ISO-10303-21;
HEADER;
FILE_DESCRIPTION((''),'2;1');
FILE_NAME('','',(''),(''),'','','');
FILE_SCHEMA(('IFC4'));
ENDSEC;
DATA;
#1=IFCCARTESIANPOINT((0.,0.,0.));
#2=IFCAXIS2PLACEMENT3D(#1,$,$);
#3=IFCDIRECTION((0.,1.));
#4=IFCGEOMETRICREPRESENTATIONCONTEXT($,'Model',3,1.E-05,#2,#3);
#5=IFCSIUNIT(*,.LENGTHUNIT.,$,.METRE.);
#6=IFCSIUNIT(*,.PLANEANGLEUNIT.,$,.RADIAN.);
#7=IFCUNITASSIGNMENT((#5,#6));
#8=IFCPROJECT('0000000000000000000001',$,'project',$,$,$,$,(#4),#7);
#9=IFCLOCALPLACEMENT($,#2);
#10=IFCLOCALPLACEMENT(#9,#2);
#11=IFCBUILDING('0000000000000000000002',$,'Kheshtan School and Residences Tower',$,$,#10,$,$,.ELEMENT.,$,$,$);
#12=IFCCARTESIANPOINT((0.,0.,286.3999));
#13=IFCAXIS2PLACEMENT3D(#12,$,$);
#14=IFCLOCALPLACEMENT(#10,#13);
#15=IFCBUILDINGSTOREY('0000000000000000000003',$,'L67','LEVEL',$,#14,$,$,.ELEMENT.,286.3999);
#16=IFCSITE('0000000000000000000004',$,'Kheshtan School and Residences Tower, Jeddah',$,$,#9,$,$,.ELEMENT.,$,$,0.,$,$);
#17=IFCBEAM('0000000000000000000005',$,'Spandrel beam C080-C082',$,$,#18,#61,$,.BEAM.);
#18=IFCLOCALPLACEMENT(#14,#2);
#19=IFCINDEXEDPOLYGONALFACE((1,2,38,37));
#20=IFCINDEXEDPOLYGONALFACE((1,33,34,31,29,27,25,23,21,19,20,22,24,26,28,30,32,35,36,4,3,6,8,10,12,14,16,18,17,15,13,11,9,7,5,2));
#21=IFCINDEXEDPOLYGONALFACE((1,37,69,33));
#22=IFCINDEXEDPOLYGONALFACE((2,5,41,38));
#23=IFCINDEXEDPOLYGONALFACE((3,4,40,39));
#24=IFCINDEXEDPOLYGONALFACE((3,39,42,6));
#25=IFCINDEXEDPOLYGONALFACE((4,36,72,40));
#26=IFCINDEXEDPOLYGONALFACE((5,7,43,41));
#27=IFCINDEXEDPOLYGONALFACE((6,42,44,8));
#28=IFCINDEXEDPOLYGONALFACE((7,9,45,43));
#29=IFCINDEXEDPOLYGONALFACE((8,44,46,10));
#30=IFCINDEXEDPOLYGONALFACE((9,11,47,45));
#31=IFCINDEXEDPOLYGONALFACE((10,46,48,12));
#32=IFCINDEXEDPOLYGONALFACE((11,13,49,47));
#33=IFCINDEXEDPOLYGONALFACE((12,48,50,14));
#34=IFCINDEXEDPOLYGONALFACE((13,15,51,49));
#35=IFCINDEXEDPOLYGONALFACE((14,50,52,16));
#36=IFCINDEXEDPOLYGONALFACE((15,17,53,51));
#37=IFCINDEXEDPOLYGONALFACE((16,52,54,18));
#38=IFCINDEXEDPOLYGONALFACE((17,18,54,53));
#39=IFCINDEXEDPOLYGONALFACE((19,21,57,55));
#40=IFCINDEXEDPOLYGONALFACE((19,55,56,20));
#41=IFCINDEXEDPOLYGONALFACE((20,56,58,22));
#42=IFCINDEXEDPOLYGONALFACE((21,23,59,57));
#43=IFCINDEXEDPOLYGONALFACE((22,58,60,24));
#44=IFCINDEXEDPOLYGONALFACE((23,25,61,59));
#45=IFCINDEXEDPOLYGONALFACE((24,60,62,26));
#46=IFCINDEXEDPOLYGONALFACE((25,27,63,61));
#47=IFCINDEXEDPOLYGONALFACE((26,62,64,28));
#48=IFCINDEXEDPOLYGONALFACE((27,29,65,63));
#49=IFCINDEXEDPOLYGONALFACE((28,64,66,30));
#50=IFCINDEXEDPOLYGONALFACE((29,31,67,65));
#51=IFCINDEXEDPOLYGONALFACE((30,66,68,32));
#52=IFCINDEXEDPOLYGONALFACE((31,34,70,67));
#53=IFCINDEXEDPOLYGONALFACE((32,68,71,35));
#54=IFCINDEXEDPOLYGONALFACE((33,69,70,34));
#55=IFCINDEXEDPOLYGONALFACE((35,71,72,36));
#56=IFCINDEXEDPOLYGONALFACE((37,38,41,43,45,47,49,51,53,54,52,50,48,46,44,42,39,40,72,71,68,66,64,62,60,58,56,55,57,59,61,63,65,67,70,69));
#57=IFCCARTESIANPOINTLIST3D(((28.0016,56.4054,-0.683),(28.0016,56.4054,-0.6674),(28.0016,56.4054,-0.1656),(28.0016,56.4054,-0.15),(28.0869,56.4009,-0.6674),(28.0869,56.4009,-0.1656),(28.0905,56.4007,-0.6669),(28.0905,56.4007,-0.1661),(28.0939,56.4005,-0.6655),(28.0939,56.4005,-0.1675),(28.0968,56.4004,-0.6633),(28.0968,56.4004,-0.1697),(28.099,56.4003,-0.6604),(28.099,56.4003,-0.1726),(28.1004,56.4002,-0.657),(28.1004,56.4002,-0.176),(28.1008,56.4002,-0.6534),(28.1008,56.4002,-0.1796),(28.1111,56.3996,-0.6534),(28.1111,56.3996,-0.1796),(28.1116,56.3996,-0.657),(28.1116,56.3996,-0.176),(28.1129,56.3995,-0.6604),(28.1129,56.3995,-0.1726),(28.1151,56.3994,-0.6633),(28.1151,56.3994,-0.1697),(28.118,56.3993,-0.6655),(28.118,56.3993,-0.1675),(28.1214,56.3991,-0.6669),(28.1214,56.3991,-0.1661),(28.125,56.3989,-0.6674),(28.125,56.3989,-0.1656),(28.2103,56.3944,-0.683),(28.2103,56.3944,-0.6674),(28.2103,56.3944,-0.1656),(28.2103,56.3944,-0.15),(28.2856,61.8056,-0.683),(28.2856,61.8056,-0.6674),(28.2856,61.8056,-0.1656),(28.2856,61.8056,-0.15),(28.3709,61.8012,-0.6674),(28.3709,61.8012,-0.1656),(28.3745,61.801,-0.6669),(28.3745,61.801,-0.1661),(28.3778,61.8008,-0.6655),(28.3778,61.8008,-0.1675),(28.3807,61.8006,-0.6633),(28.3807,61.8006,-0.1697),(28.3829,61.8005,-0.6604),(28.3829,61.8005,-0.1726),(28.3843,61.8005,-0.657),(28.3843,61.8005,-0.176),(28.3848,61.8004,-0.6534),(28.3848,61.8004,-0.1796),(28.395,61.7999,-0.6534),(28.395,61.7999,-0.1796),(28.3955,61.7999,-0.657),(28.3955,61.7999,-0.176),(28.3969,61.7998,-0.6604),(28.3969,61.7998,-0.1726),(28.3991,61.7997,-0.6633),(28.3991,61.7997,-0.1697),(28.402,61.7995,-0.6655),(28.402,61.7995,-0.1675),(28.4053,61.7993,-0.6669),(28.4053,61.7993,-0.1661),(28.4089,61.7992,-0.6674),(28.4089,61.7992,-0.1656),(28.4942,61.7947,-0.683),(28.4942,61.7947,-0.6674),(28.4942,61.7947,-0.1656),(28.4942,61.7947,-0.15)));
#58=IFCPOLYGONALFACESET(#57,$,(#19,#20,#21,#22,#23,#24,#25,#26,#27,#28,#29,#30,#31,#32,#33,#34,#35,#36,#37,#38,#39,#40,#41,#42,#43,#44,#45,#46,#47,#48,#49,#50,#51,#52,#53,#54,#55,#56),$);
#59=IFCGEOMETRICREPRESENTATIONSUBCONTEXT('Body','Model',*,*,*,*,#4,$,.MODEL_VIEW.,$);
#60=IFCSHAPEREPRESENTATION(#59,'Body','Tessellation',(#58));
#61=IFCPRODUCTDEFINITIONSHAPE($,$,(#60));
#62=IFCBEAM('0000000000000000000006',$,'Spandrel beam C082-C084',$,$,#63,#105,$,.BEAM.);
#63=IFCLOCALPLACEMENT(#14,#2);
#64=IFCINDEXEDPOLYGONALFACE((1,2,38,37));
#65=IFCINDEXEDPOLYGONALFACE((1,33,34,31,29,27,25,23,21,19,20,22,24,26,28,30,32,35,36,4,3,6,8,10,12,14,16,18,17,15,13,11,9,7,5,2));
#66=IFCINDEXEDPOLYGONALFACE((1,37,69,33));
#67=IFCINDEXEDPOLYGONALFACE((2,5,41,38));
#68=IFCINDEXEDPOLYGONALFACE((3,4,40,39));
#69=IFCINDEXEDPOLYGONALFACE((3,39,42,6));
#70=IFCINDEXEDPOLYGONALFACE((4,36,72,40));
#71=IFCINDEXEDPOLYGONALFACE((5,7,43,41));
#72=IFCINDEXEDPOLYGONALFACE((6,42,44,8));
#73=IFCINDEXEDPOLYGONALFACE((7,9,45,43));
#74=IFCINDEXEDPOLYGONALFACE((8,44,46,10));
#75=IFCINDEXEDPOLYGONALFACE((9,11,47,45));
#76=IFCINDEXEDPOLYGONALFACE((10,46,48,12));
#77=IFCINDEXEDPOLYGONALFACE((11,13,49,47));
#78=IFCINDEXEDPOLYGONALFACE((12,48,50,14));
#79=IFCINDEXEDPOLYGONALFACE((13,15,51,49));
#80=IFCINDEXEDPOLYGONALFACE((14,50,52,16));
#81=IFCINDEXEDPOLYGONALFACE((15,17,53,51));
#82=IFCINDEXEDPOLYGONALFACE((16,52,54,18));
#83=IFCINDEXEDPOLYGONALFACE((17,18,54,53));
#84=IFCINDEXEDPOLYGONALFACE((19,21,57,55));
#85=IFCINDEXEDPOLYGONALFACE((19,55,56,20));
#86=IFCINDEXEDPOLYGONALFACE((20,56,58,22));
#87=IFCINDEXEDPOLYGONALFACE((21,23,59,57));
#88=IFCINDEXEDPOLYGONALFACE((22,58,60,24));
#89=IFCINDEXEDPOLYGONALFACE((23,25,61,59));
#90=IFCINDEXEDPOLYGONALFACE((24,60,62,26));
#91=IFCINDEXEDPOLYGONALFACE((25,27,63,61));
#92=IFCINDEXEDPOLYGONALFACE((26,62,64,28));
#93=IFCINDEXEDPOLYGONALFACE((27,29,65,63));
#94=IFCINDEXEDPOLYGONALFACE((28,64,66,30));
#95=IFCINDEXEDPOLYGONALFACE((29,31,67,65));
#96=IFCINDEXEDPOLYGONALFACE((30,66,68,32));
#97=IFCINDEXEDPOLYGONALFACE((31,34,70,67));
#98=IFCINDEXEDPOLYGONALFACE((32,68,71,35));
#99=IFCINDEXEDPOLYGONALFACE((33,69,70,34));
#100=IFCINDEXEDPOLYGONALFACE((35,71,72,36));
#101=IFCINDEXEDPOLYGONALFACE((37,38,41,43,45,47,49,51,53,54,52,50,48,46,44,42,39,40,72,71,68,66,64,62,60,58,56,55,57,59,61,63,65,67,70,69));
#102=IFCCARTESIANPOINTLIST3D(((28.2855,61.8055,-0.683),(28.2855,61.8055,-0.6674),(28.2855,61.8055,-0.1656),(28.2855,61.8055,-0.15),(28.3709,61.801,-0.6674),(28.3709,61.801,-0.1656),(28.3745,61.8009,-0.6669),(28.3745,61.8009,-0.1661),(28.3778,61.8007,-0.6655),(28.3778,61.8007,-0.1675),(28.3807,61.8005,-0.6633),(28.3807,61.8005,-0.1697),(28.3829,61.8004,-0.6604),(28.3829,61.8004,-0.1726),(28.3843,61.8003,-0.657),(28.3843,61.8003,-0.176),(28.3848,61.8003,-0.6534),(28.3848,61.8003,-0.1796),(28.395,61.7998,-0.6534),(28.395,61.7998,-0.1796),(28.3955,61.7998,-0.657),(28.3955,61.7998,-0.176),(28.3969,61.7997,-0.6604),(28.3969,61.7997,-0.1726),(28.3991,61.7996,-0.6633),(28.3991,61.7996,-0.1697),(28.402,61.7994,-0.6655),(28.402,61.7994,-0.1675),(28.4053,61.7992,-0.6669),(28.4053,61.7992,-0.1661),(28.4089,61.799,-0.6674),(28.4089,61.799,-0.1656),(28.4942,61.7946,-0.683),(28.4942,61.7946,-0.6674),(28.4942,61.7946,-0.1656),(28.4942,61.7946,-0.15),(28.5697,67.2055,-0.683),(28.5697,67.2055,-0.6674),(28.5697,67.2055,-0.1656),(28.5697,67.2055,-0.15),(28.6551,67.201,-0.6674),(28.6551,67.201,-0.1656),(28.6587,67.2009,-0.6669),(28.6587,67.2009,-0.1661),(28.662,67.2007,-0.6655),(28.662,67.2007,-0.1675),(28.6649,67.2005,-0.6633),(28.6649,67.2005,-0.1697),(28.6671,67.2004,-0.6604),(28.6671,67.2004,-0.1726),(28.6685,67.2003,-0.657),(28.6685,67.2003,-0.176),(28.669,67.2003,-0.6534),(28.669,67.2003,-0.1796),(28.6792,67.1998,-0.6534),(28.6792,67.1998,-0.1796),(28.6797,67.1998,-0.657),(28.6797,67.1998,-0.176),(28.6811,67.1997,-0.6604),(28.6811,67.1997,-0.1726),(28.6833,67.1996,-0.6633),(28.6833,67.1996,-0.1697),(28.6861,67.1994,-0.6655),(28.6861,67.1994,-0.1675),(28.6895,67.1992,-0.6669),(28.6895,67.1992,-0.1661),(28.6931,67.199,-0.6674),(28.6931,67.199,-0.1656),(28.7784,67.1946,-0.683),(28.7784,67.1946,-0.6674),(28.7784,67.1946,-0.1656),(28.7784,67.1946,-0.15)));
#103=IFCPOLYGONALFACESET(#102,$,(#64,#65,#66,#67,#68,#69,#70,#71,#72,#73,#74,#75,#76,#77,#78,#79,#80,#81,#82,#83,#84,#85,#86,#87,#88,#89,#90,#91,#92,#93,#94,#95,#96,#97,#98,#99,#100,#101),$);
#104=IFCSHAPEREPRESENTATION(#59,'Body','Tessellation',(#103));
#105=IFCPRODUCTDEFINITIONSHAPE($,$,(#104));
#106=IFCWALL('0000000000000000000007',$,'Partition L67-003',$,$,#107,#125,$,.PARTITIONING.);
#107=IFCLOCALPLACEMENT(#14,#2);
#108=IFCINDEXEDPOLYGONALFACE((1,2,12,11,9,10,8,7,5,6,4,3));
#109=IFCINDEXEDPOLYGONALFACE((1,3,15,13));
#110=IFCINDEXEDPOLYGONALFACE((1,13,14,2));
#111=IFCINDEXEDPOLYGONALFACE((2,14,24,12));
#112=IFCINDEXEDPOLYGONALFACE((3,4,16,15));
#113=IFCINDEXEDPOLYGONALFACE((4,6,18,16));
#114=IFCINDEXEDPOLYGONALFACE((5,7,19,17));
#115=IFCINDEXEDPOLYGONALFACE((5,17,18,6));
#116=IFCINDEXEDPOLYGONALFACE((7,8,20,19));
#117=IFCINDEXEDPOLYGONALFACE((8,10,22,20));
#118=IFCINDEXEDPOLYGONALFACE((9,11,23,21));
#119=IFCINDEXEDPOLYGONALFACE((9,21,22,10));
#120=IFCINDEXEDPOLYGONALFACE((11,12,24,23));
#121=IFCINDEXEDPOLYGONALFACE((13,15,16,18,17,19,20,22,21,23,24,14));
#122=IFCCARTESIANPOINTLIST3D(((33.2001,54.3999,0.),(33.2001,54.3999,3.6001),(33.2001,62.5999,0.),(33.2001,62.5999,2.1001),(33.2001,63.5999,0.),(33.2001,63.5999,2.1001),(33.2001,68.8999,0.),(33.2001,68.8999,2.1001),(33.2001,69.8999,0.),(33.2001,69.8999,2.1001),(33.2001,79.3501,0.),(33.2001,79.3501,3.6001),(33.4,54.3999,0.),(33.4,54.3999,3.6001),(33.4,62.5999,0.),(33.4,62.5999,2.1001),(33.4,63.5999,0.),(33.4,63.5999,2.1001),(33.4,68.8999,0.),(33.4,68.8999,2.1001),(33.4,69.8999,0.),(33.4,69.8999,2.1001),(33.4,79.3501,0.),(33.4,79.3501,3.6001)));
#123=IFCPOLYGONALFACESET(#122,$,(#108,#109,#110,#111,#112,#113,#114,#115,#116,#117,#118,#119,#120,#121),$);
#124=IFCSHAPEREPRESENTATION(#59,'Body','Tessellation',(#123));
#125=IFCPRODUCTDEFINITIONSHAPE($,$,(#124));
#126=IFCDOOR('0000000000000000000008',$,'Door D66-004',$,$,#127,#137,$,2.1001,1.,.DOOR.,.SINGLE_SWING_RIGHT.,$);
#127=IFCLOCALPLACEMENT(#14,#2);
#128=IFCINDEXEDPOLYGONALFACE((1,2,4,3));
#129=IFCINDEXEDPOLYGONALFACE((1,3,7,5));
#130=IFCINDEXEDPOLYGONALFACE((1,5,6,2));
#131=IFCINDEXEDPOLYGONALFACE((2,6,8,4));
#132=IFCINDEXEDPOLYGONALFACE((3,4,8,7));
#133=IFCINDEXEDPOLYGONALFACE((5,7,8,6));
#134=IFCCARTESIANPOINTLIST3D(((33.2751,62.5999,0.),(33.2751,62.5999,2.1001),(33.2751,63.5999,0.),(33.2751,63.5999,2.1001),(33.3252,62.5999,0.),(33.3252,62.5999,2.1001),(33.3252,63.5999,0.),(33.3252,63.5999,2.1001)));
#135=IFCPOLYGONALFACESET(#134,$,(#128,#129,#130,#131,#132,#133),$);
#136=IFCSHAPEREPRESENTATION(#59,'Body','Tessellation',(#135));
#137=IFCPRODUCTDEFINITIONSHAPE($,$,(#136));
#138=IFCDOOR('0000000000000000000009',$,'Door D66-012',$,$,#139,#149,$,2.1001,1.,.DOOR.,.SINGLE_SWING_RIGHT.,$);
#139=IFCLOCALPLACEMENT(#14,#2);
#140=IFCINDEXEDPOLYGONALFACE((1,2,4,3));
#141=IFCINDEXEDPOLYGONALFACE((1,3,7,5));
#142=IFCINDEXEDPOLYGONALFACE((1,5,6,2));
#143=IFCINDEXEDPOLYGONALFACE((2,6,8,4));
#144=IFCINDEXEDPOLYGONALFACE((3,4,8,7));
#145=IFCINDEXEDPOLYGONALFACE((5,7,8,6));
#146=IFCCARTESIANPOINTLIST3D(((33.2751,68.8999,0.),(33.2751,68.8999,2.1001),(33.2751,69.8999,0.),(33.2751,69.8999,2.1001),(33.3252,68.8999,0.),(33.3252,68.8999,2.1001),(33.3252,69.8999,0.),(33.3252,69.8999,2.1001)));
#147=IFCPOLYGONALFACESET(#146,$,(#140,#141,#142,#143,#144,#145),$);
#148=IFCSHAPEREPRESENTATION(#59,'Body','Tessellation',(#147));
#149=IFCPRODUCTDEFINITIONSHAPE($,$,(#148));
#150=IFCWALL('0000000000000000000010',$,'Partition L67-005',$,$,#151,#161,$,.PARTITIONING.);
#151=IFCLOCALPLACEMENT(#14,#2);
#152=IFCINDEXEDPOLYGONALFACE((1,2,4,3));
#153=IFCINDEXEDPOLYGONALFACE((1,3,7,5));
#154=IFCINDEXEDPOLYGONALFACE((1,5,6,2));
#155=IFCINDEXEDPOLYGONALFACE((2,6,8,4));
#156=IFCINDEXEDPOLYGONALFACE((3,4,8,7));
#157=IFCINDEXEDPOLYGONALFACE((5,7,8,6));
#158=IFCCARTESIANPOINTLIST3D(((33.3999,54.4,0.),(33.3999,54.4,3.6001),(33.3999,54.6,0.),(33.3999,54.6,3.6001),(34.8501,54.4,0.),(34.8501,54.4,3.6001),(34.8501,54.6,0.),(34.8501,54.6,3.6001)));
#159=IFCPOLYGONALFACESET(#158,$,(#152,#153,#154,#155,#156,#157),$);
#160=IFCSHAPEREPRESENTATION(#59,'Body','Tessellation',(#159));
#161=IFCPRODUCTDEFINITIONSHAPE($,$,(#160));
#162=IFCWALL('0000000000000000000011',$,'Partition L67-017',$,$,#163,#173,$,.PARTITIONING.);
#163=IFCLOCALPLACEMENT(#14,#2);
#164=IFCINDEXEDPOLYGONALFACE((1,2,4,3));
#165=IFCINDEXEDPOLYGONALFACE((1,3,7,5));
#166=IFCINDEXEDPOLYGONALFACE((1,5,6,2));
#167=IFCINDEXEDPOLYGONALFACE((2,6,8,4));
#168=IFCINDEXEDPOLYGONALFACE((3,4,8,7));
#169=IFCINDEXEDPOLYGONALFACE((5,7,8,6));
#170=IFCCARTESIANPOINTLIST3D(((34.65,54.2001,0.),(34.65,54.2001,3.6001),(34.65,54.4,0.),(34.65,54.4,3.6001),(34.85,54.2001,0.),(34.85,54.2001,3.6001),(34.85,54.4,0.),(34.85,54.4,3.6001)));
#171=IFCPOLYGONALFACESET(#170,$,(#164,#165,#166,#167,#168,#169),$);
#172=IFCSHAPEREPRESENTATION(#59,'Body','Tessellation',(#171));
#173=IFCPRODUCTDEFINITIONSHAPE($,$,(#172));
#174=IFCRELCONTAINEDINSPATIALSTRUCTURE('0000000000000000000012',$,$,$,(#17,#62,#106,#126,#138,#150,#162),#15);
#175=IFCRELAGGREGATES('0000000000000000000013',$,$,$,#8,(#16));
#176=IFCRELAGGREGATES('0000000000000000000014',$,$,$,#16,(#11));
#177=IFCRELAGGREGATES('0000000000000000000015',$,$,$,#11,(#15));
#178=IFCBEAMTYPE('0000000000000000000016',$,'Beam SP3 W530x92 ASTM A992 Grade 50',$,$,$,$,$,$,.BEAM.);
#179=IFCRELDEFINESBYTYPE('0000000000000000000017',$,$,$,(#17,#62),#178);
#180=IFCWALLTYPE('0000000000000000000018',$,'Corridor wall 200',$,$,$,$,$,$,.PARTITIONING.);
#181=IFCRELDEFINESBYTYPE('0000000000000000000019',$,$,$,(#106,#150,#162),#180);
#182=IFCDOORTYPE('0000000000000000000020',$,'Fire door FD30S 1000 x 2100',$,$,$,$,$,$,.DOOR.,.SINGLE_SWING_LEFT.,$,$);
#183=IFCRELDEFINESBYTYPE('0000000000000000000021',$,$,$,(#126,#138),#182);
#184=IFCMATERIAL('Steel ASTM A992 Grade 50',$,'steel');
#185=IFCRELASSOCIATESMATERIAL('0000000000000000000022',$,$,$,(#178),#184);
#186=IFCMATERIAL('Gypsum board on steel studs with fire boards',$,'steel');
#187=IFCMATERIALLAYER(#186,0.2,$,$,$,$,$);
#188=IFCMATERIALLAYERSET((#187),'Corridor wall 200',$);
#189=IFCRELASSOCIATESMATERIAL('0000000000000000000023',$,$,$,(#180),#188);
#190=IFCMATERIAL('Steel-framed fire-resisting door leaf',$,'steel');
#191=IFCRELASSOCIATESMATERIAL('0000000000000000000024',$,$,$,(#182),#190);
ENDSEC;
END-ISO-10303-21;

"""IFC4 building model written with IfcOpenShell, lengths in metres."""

from ifc_helpers import new_model, si_unit, direction, frame, frame_2d, origin, origin_2d, place, context, subcontext, project, spatial, rectangle, i_section, extrude, source, transform, mapped, material, layer, layer_set, material_profile, profile_set, type_object, element, fill, save


model = new_model("IFC4")

# Units and contexts
model_context = context("Model", 3, precision=1e-05, world=origin(), true_north=direction((0.0, 1.0)))
body_context = subcontext(model_context, "Body", "Model", "MODEL_VIEW")
ifc_project = project(units=[si_unit("LENGTHUNIT", "METRE"), si_unit("PLANEANGLEUNIT", "RADIAN")], contexts=[model_context])

# Site, building, storey
site_placement = place(None, origin())
site = spatial("IfcSite", under=ifc_project, at=site_placement, Name="Kheshtan School and Residences Tower, Jeddah", CompositionType="ELEMENT", RefElevation=0.0)
building_placement = place(site_placement, origin())
building = spatial("IfcBuilding", under=site, at=building_placement, Name="Kheshtan School and Residences Tower", CompositionType="ELEMENT")
storey_placement = place(building_placement, frame((0.0, 0.0, 286.3999)))
storey = spatial("IfcBuildingStorey", under=building, at=storey_placement, Name="L67", Description="LEVEL", CompositionType="ELEMENT", Elevation=286.3999)

# Shared definitions
ifc_material_1 = material(Name="Steel ASTM A992 Grade 50", Category="steel")

# Beams
ifc_material_profile_1 = material_profile(ifc_material_1, i_section(OverallWidth=0.209, OverallDepth=0.533, WebThickness=0.0103, FlangeThickness=0.0156, FilletRadius=0.0139, at=origin_2d()), Name="W530x92")
ifc_profile_set_1 = profile_set([ifc_material_profile_1], Name="Steel ASTM A992 Grade 50")
beam_type_1 = type_object("IfcBeamType", Name="Beam SP3 W530x92 ASTM A992 Grade 50", PredefinedType="BEAM", material=ifc_profile_set_1)
beam_1_placement = place(storey_placement, frame((28.106, 56.3999, -0.4165), z_axis=(0.052507, 0.998621, 0.0), x_axis=(-0.998621, 0.052507, 0.0)))
element("IfcBeam", 1, at=beam_1_placement, inside=storey, type_object=beam_type_1, Name="Spandrel beam C080-C082", PredefinedType="BEAM", context=body_context, shape_type="SweptSolid", body=[
    extrude(i_section(OverallWidth=0.209, OverallDepth=0.533, WebThickness=0.0103, FlangeThickness=0.0156, FilletRadius=0.0139, at=origin_2d()), origin(), (0.0, 0.0, 1.0), 5.4077),
])
beam_2_placement = place(storey_placement, frame((28.3899, 61.8, -0.4165), z_axis=(0.052554, 0.998618, 0.0), x_axis=(-0.998618, 0.052554, 0.0)))
element("IfcBeam", 2, at=beam_2_placement, inside=storey, type_object=beam_type_1, Name="Spandrel beam C082-C084", PredefinedType="BEAM", context=body_context, shape_type="SweptSolid", body=[
    extrude(i_section(OverallWidth=0.209, OverallDepth=0.533, WebThickness=0.0103, FlangeThickness=0.0156, FilletRadius=0.0139, at=origin_2d()), origin(), (0.0, 0.0, 1.0), 5.4075),
])

# Wall, openings, doors
ifc_material_2 = material(Name="Gypsum board on steel studs with fire boards", Category="steel")
ifc_layer_1 = layer(ifc_material_2, 0.2)
ifc_layer_set_1 = layer_set([ifc_layer_1], Name="Corridor wall 200")
wall_type_1 = type_object("IfcWallType", Name="Corridor wall 200", PredefinedType="PARTITIONING", material=ifc_layer_set_1)
wall_1_placement = place(storey_placement, frame((33.3, 54.3999, 0.0), z_axis=(0.0, 0.0, 1.0), x_axis=(0.0, 1.0, 0.0)))
wall_1 = element("IfcWall", 3, at=wall_1_placement, inside=storey, type_object=wall_type_1, Name="Partition L67-003", PredefinedType="PARTITIONING", context=body_context, shape_type="SweptSolid", body=[
    extrude(rectangle(XDim=24.9502, YDim=0.2, at=frame_2d((12.4751, 0.0))), origin(), (0.0, 0.0, 1.0), 3.6001),
])
opening_1_placement = place(wall_1_placement, frame((8.2, 0.0, 0.0)))
opening_1 = element("IfcOpeningElement", 4, at=opening_1_placement, cuts=wall_1, PredefinedType="OPENING", context=body_context, shape_type="SweptSolid", body=[
    extrude(rectangle(XDim=1.0, YDim=2.1001, at=frame_2d((0.5, 1.05))), frame((0.0, 0.1099, 0.0), z_axis=(0.0, -1.0, 0.0), x_axis=(1.0, 0.0, 0.0)), (0.0, 0.0, 1.0), 0.22),
])
opening_2_placement = place(wall_1_placement, frame((14.5, 0.0, 0.0)))
opening_2 = element("IfcOpeningElement", 5, at=opening_2_placement, cuts=wall_1, PredefinedType="OPENING", context=body_context, shape_type="SweptSolid", body=[
    extrude(rectangle(XDim=1.0, YDim=2.1001, at=frame_2d((0.5, 1.05))), frame((0.0, 0.1099, 0.0), z_axis=(0.0, -1.0, 0.0), x_axis=(1.0, 0.0, 0.0)), (0.0, 0.0, 1.0), 0.22),
])
ifc_material_3 = material(Name="Steel-framed fire-resisting door leaf", Category="steel")
door_type_1 = type_object("IfcDoorType", Name="Fire door FD30S 1000 x 2100", OperationType="SINGLE_SWING_LEFT", PredefinedType="DOOR", material=ifc_material_3)
shared_shape_1 = source(origin(), body_context, "Body", "SweptSolid", [
    extrude(rectangle(XDim=1.0, YDim=2.1001, at=frame_2d((0.5, 1.05))), frame((0.0, 0.0249, 0.0), z_axis=(0.0, -1.0, 0.0), x_axis=(1.0, 0.0, 0.0)), (0.0, 0.0, 1.0), 0.05),
])
door_1_placement = place(opening_1_placement, origin())
door_1 = element("IfcDoor", 6, at=door_1_placement, inside=storey, type_object=door_type_1, Name="Door D66-004", OperationType="SINGLE_SWING_RIGHT", OverallHeight=2.1001, OverallWidth=1.0, PredefinedType="DOOR", context=body_context, shape_type="MappedRepresentation", body=[
    mapped(shared_shape_1, transform((0.0, 0.0, 0.0), x_axis=(1.0, 0.0, 0.0), y_axis=(0.0, 1.0, 0.0), z_axis=(0.0, 0.0, 1.0), scale=1.0)),
])
fill(opening_1, door_1)
door_2_placement = place(opening_2_placement, origin())
door_2 = element("IfcDoor", 7, at=door_2_placement, inside=storey, type_object=door_type_1, Name="Door D66-012", OperationType="SINGLE_SWING_RIGHT", OverallHeight=2.1001, OverallWidth=1.0, PredefinedType="DOOR", context=body_context, shape_type="MappedRepresentation", body=[
    mapped(shared_shape_1, transform((0.0, 0.0, 0.0), x_axis=(1.0, 0.0, 0.0), y_axis=(0.0, 1.0, 0.0), z_axis=(0.0, 0.0, 1.0), scale=1.0)),
])
fill(opening_2, door_2)

# Walls
wall_2_placement = place(storey_placement, frame((33.3999, 54.5, 0.0), z_axis=(0.0, 0.0, 1.0), x_axis=(1.0, 0.0, 0.0)))
element("IfcWall", 8, at=wall_2_placement, inside=storey, type_object=wall_type_1, Name="Partition L67-005", PredefinedType="PARTITIONING", context=body_context, shape_type="SweptSolid", body=[
    extrude(rectangle(XDim=1.4502, YDim=0.2, at=frame_2d((0.7251, 0.0))), origin(), (0.0, 0.0, 1.0), 3.6001),
])
wall_3_placement = place(storey_placement, frame((34.75, 54.2, 0.0), z_axis=(0.0, 0.0, 1.0), x_axis=(0.0, 1.0, 0.0)))
element("IfcWall", 9, at=wall_3_placement, inside=storey, type_object=wall_type_1, Name="Partition L67-017", PredefinedType="PARTITIONING", context=body_context, shape_type="SweptSolid", body=[
    extrude(rectangle(XDim=0.2, YDim=0.2, at=frame_2d((0.1001, 0.0))), origin(), (0.0, 0.0, 1.0), 3.6001),
])

save(model, "model.ifc")
